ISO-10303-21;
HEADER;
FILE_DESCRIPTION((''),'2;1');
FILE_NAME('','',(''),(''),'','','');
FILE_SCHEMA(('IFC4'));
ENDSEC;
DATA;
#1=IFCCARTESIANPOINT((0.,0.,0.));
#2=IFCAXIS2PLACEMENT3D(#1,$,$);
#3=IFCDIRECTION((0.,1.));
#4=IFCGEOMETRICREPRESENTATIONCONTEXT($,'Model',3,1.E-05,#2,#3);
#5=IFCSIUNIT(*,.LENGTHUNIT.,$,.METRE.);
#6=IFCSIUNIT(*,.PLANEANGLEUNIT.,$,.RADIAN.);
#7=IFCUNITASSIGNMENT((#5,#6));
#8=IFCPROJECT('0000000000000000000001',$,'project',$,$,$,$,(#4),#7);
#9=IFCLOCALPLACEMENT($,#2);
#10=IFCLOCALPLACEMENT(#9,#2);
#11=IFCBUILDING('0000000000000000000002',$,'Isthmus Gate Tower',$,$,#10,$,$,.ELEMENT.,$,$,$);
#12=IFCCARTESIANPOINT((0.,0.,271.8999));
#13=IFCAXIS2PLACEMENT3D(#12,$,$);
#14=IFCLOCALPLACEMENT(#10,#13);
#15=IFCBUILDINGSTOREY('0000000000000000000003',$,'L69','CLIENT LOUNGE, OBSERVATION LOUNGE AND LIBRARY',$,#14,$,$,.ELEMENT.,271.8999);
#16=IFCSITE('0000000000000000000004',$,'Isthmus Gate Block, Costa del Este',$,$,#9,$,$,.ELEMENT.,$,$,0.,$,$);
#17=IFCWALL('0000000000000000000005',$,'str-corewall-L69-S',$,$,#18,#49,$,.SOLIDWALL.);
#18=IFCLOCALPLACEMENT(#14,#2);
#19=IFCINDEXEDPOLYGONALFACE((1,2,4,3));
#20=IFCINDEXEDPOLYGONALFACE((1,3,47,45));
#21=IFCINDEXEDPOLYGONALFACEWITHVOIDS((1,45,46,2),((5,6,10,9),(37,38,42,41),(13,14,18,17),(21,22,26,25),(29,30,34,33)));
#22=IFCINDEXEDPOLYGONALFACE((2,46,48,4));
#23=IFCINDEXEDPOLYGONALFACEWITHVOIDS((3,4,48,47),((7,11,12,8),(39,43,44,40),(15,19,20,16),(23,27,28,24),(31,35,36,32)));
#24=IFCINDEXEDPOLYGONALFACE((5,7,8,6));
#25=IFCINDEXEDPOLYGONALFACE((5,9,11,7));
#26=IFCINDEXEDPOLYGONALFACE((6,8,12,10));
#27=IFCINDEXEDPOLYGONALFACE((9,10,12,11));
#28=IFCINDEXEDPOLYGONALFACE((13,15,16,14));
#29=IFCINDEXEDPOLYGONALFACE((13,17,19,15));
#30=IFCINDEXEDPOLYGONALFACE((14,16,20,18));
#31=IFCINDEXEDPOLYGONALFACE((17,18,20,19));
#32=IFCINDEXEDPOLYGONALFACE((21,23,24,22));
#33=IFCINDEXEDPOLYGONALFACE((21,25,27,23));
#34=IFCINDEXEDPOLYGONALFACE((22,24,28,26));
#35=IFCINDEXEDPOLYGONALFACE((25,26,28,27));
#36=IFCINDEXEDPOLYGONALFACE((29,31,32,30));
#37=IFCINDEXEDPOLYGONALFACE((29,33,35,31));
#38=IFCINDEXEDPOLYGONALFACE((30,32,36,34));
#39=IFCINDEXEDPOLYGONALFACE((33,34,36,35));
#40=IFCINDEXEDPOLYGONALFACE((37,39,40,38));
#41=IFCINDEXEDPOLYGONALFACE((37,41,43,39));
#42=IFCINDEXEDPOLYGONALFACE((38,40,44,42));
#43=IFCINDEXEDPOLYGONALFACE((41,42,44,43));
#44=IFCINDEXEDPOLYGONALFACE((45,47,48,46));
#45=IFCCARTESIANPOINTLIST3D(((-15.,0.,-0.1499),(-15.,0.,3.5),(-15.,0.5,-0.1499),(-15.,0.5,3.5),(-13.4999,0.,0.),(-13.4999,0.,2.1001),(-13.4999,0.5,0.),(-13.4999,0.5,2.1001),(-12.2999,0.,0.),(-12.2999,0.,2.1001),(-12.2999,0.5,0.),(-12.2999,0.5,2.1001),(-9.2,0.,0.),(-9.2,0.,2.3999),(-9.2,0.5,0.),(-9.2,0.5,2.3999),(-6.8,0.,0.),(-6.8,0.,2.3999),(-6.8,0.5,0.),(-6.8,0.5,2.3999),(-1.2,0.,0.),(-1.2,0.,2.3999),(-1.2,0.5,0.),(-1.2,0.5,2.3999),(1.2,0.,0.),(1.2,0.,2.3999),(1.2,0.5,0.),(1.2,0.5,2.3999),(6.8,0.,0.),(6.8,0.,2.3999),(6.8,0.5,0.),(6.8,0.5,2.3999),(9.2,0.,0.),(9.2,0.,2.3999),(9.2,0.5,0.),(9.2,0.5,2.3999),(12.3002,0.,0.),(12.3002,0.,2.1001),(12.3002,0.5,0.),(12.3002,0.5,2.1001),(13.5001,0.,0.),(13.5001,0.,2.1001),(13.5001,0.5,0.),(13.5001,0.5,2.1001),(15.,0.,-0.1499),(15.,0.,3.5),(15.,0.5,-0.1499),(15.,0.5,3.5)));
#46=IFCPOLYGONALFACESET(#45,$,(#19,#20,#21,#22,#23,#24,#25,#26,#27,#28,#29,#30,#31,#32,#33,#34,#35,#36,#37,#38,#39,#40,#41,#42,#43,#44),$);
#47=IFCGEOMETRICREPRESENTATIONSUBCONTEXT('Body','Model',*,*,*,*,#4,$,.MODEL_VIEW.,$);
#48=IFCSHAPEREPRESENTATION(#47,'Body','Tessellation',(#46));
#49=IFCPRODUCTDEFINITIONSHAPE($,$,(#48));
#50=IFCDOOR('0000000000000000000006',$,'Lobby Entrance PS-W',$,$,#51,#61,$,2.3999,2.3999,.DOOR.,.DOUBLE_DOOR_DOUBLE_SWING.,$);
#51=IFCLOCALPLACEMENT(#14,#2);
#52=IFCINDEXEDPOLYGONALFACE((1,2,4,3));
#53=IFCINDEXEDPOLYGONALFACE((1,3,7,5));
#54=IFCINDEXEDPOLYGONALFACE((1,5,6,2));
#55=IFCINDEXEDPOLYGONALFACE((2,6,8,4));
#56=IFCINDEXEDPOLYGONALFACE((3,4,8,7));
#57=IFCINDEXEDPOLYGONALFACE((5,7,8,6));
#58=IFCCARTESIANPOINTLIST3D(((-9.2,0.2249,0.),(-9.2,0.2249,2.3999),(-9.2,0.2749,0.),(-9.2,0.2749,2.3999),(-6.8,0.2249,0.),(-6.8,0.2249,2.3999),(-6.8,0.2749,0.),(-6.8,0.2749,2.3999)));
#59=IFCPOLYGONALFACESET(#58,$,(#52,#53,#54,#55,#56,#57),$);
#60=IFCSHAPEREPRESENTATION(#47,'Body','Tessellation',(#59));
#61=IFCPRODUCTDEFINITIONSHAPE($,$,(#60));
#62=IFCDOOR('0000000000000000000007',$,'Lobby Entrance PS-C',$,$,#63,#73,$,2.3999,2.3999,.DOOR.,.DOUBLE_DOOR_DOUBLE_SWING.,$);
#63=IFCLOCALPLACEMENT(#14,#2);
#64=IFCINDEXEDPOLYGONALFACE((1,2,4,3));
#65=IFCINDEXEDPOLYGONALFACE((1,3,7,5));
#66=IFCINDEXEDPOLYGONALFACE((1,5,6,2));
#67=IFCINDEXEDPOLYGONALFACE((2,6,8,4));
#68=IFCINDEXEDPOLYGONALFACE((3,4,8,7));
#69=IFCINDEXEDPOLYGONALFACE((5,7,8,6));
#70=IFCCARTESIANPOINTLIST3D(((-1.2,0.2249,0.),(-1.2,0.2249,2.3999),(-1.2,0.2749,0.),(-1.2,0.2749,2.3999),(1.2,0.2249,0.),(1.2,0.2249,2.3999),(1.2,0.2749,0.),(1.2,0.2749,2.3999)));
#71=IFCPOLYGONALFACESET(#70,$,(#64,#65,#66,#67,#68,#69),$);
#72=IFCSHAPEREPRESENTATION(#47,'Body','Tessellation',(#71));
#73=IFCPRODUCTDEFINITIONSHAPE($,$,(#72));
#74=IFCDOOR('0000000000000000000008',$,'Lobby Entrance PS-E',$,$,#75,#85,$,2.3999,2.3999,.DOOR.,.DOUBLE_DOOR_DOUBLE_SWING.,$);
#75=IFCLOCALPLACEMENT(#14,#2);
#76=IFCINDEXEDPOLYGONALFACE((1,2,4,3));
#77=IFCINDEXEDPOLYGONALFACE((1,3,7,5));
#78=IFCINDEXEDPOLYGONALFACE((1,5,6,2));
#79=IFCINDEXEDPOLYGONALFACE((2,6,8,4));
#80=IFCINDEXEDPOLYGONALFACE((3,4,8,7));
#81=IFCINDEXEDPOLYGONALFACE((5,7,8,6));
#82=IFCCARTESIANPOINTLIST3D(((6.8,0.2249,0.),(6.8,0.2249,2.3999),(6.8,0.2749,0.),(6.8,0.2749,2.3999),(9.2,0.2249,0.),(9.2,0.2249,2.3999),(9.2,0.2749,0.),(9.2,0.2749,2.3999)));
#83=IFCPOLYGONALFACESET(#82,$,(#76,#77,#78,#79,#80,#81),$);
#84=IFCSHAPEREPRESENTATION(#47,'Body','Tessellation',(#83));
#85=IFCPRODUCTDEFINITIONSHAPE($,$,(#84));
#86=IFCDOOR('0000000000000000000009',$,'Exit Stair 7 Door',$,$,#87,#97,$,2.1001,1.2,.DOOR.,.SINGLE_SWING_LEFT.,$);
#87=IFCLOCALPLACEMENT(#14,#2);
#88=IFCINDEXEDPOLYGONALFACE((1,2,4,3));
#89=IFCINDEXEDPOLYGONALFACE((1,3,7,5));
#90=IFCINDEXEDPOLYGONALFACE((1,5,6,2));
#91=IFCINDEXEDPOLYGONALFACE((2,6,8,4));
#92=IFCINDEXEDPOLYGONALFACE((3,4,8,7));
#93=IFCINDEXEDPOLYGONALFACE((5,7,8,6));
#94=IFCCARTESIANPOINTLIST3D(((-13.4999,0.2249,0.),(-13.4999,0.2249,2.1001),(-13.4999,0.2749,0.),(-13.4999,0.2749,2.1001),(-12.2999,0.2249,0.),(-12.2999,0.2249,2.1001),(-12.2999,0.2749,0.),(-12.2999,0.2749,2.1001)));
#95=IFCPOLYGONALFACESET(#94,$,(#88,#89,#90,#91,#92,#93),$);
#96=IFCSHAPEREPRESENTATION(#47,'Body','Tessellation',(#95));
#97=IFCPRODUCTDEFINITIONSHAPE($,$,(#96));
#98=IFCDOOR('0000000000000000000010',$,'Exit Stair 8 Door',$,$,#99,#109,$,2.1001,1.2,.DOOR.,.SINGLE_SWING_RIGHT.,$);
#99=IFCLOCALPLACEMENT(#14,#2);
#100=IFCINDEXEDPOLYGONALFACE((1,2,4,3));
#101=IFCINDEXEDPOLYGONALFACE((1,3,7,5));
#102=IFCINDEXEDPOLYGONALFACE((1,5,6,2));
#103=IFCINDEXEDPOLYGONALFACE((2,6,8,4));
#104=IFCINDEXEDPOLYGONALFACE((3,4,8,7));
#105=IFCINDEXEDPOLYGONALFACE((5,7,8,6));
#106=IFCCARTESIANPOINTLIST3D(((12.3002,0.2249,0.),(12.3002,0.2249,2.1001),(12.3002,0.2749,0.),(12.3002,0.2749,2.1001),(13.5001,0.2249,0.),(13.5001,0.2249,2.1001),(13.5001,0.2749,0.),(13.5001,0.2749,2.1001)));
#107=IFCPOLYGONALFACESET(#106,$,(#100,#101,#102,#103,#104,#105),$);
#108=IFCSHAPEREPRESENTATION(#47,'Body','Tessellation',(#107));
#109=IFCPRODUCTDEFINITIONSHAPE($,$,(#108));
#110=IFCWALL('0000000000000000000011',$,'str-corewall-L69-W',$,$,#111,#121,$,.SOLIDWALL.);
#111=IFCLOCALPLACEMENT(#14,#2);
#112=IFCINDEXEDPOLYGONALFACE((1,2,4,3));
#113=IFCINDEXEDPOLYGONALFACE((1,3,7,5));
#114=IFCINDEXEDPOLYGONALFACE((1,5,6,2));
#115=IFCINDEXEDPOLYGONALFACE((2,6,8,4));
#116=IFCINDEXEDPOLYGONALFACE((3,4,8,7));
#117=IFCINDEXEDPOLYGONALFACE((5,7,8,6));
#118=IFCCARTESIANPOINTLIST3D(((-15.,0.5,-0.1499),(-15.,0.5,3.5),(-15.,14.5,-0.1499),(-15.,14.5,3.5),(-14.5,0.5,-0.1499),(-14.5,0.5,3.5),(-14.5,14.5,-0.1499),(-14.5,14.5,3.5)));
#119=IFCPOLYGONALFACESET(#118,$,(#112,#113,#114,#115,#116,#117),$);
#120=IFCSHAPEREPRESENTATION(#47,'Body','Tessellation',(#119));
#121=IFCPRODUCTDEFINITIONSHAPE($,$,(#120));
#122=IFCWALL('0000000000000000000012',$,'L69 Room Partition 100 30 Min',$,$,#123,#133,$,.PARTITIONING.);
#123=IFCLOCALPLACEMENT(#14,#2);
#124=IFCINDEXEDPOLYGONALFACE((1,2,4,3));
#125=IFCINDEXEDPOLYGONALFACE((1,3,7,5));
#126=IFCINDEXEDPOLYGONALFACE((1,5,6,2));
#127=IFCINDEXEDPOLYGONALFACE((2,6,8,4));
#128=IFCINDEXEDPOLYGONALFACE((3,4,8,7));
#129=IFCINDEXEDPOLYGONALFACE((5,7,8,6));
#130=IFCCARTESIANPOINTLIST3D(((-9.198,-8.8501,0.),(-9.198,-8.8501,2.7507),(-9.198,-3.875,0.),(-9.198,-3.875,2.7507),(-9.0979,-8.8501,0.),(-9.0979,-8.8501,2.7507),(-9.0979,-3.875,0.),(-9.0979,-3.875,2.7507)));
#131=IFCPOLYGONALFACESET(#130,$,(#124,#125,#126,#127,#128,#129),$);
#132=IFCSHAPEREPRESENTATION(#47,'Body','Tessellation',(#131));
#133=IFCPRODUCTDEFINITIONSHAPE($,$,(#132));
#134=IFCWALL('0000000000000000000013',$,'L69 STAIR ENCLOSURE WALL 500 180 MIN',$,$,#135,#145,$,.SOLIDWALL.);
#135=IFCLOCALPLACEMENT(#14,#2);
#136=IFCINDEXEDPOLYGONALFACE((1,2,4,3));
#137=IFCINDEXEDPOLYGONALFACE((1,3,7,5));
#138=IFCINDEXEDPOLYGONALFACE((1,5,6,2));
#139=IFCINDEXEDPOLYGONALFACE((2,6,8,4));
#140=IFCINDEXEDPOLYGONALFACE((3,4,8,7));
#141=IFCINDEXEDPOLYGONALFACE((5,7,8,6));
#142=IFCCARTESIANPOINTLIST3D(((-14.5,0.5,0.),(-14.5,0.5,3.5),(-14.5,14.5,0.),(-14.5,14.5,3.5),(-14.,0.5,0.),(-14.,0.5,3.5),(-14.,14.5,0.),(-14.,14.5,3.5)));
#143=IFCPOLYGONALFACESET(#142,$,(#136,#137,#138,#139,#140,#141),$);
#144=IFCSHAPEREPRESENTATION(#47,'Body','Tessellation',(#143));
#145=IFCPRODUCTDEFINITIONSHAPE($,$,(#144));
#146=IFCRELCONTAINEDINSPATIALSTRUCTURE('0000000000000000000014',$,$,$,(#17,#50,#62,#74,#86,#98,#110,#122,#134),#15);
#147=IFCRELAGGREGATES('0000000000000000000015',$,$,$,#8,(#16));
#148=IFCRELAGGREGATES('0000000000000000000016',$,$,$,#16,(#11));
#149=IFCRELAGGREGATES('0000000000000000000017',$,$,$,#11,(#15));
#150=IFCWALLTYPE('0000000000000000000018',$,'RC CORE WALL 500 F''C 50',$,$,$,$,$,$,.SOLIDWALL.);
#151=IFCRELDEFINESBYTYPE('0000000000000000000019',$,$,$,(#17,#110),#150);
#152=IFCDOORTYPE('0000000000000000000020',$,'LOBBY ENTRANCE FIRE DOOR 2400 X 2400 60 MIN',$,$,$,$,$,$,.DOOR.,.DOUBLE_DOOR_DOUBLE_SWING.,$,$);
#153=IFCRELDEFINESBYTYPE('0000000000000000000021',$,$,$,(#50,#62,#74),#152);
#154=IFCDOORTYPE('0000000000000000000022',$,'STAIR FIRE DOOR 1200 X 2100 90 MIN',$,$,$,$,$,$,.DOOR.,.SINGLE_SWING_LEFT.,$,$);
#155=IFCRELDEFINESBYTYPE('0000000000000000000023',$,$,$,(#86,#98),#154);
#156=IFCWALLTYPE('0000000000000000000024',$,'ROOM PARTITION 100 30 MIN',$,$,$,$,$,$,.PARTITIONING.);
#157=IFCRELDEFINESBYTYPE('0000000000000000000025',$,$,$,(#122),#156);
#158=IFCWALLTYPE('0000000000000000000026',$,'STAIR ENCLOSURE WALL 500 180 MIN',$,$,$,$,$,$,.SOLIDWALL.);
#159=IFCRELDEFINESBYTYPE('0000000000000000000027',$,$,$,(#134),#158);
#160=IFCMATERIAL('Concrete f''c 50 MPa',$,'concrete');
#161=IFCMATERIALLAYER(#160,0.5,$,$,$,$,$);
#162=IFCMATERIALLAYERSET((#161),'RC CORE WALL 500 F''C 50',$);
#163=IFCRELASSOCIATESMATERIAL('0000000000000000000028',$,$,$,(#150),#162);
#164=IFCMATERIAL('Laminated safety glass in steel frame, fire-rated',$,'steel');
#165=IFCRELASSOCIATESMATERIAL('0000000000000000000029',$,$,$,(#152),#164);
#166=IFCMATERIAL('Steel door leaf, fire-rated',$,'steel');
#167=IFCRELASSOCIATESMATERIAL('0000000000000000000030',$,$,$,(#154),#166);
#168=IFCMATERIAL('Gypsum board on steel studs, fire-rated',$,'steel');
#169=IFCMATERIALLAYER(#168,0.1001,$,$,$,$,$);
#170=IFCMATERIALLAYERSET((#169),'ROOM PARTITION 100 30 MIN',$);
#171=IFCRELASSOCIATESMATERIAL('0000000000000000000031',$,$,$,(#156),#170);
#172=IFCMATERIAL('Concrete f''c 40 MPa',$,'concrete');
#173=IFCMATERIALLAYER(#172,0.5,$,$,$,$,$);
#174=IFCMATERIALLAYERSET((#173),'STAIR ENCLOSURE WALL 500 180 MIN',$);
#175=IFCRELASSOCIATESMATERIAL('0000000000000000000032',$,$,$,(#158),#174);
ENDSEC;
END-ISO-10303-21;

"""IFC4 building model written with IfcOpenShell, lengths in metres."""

from ifc_helpers import new_model, si_unit, direction, frame, frame_2d, origin, place, context, subcontext, project, spatial, rectangle, extrude, material, layer, layer_set, type_object, element, fill, save


model = new_model("IFC4")

# Units and contexts
model_context = context("Model", 3, precision=1e-05, world=origin(), true_north=direction((0.0, 1.0)))
body_context = subcontext(model_context, "Body", "Model", "MODEL_VIEW")
ifc_project = project(units=[si_unit("LENGTHUNIT", "METRE"), si_unit("PLANEANGLEUNIT", "RADIAN")], contexts=[model_context])

# Site, building, storey
site_placement = place(None, origin())
site = spatial("IfcSite", under=ifc_project, at=site_placement, Name="Isthmus Gate Block, Costa del Este", CompositionType="ELEMENT", RefElevation=0.0)
building_placement = place(site_placement, origin())
building = spatial("IfcBuilding", under=site, at=building_placement, Name="Isthmus Gate Tower", CompositionType="ELEMENT")
storey_placement = place(building_placement, frame((0.0, 0.0, 271.8999)))
storey = spatial("IfcBuildingStorey", under=building, at=storey_placement, Name="L69", Description="CLIENT LOUNGE, OBSERVATION LOUNGE AND LIBRARY", CompositionType="ELEMENT", Elevation=271.8999)

# Wall, openings, doors
ifc_material_1 = material(Name="Concrete f'c 50 MPa", Category="concrete")
ifc_layer_1 = layer(ifc_material_1, 0.5)
ifc_layer_set_1 = layer_set([ifc_layer_1], Name="RC CORE WALL 500 F'C 50")
wall_type_1 = type_object("IfcWallType", Name="RC CORE WALL 500 F'C 50", PredefinedType="SOLIDWALL", material=ifc_layer_set_1)
wall_1_placement = place(storey_placement, frame((-15.0, 0.25, -0.1499), z_axis=(0.0, 0.0, 1.0), x_axis=(1.0, 0.0, 0.0)))
wall_1 = element("IfcWall", 1, at=wall_1_placement, inside=storey, type_object=wall_type_1, Name="str-corewall-L69-S", PredefinedType="SOLIDWALL", context=body_context, shape_type="SweptSolid", body=[
    extrude(rectangle(XDim=30.0, YDim=0.5, at=frame_2d((15.0, 0.0))), origin(), (0.0, 0.0, 1.0), 3.6499),
])
opening_1_placement = place(wall_1_placement, frame((5.8, 0.0, 0.1499)))
opening_1 = element("IfcOpeningElement", 2, at=opening_1_placement, cuts=wall_1, PredefinedType="OPENING", context=body_context, shape_type="SweptSolid", body=[
    extrude(rectangle(XDim=2.3999, YDim=2.3999, at=frame_2d((1.2, 1.2))), frame((0.0, 0.26, 0.0), z_axis=(0.0, -1.0, 0.0), x_axis=(1.0, 0.0, 0.0)), (0.0, 0.0, 1.0), 0.52),
])
opening_2_placement = place(wall_1_placement, frame((13.8, 0.0, 0.1499)))
opening_2 = element("IfcOpeningElement", 3, at=opening_2_placement, cuts=wall_1, PredefinedType="OPENING", context=body_context, shape_type="SweptSolid", body=[
    extrude(rectangle(XDim=2.3999, YDim=2.3999, at=frame_2d((1.2, 1.2))), frame((0.0, 0.26, 0.0), z_axis=(0.0, -1.0, 0.0), x_axis=(1.0, 0.0, 0.0)), (0.0, 0.0, 1.0), 0.52),
])
opening_3_placement = place(wall_1_placement, frame((21.8, 0.0, 0.1499)))
opening_3 = element("IfcOpeningElement", 4, at=opening_3_placement, cuts=wall_1, PredefinedType="OPENING", context=body_context, shape_type="SweptSolid", body=[
    extrude(rectangle(XDim=2.3999, YDim=2.3999, at=frame_2d((1.2, 1.2))), frame((0.0, 0.26, 0.0), z_axis=(0.0, -1.0, 0.0), x_axis=(1.0, 0.0, 0.0)), (0.0, 0.0, 1.0), 0.52),
])
opening_4_placement = place(wall_1_placement, frame((1.5, 0.0, 0.1499)))
opening_4 = element("IfcOpeningElement", 5, at=opening_4_placement, cuts=wall_1, PredefinedType="OPENING", context=body_context, shape_type="SweptSolid", body=[
    extrude(rectangle(XDim=1.2, YDim=2.1001, at=frame_2d((0.6001, 1.05))), frame((0.0, 0.26, 0.0), z_axis=(0.0, -1.0, 0.0), x_axis=(1.0, 0.0, 0.0)), (0.0, 0.0, 1.0), 0.52),
])
opening_5_placement = place(wall_1_placement, frame((27.3, 0.0, 0.1499)))
opening_5 = element("IfcOpeningElement", 6, at=opening_5_placement, cuts=wall_1, PredefinedType="OPENING", context=body_context, shape_type="SweptSolid", body=[
    extrude(rectangle(XDim=1.2, YDim=2.1001, at=frame_2d((0.6001, 1.05))), frame((0.0, 0.26, 0.0), z_axis=(0.0, -1.0, 0.0), x_axis=(1.0, 0.0, 0.0)), (0.0, 0.0, 1.0), 0.52),
])
ifc_material_2 = material(Name="Laminated safety glass in steel frame, fire-rated", Category="steel")
door_type_1 = type_object("IfcDoorType", Name="LOBBY ENTRANCE FIRE DOOR 2400 X 2400 60 MIN", OperationType="DOUBLE_DOOR_DOUBLE_SWING", PredefinedType="DOOR", material=ifc_material_2)
door_1_placement = place(opening_1_placement, origin())
door_1 = element("IfcDoor", 7, at=door_1_placement, inside=storey, type_object=door_type_1, Name="Lobby Entrance PS-W", OperationType="DOUBLE_DOOR_DOUBLE_SWING", OverallHeight=2.3999, OverallWidth=2.3999, PredefinedType="DOOR", context=body_context, shape_type="SweptSolid", body=[
    extrude(rectangle(XDim=2.3999, YDim=2.3999, at=frame_2d((1.2, 1.2))), frame((0.0, 0.0249, 0.0), z_axis=(0.0, -1.0, 0.0), x_axis=(1.0, 0.0, 0.0)), (0.0, 0.0, 1.0), 0.05),
])
fill(opening_1, door_1)
door_2_placement = place(opening_2_placement, origin())
door_2 = element("IfcDoor", 8, at=door_2_placement, inside=storey, type_object=door_type_1, Name="Lobby Entrance PS-C", OperationType="DOUBLE_DOOR_DOUBLE_SWING", OverallHeight=2.3999, OverallWidth=2.3999, PredefinedType="DOOR", context=body_context, shape_type="SweptSolid", body=[
    extrude(rectangle(XDim=2.3999, YDim=2.3999, at=frame_2d((1.2, 1.2))), frame((0.0, 0.0249, 0.0), z_axis=(0.0, -1.0, 0.0), x_axis=(1.0, 0.0, 0.0)), (0.0, 0.0, 1.0), 0.05),
])
fill(opening_2, door_2)
door_3_placement = place(opening_3_placement, origin())
door_3 = element("IfcDoor", 9, at=door_3_placement, inside=storey, type_object=door_type_1, Name="Lobby Entrance PS-E", OperationType="DOUBLE_DOOR_DOUBLE_SWING", OverallHeight=2.3999, OverallWidth=2.3999, PredefinedType="DOOR", context=body_context, shape_type="SweptSolid", body=[
    extrude(rectangle(XDim=2.3999, YDim=2.3999, at=frame_2d((1.2, 1.2))), frame((0.0, 0.0249, 0.0), z_axis=(0.0, -1.0, 0.0), x_axis=(1.0, 0.0, 0.0)), (0.0, 0.0, 1.0), 0.05),
])
fill(opening_3, door_3)
ifc_material_3 = material(Name="Steel door leaf, fire-rated", Category="steel")
door_type_2 = type_object("IfcDoorType", Name="STAIR FIRE DOOR 1200 X 2100 90 MIN", OperationType="SINGLE_SWING_LEFT", PredefinedType="DOOR", material=ifc_material_3)
door_4_placement = place(opening_4_placement, origin())
door_4 = element("IfcDoor", 10, at=door_4_placement, inside=storey, type_object=door_type_2, Name="Exit Stair 7 Door", OperationType="SINGLE_SWING_LEFT", OverallHeight=2.1001, OverallWidth=1.2, PredefinedType="DOOR", context=body_context, shape_type="SweptSolid", body=[
    extrude(rectangle(XDim=1.2, YDim=2.1001, at=frame_2d((0.6001, 1.05))), frame((0.0, 0.0249, 0.0), z_axis=(0.0, -1.0, 0.0), x_axis=(1.0, 0.0, 0.0)), (0.0, 0.0, 1.0), 0.05),
])
fill(opening_4, door_4)
door_5_placement = place(opening_5_placement, origin())
door_5 = element("IfcDoor", 11, at=door_5_placement, inside=storey, type_object=door_type_2, Name="Exit Stair 8 Door", OperationType="SINGLE_SWING_RIGHT", OverallHeight=2.1001, OverallWidth=1.2, PredefinedType="DOOR", context=body_context, shape_type="SweptSolid", body=[
    extrude(rectangle(XDim=1.2, YDim=2.1001, at=frame_2d((0.6001, 1.05))), frame((0.0, 0.0249, 0.0), z_axis=(0.0, -1.0, 0.0), x_axis=(1.0, 0.0, 0.0)), (0.0, 0.0, 1.0), 0.05),
])
fill(opening_5, door_5)

# Walls
wall_2_placement = place(storey_placement, frame((-14.75, 0.5, -0.1499), z_axis=(0.0, 0.0, 1.0), x_axis=(0.0, 1.0, 0.0)))
element("IfcWall", 12, at=wall_2_placement, inside=storey, type_object=wall_type_1, Name="str-corewall-L69-W", PredefinedType="SOLIDWALL", context=body_context, shape_type="SweptSolid", body=[
    extrude(rectangle(XDim=14.0, YDim=0.5, at=frame_2d((7.0, 0.0))), origin(), (0.0, 0.0, 1.0), 3.6499),
])
ifc_material_4 = material(Name="Gypsum board on steel studs, fire-rated", Category="steel")
ifc_layer_2 = layer(ifc_material_4, 0.1001)
ifc_layer_set_2 = layer_set([ifc_layer_2], Name="ROOM PARTITION 100 30 MIN")
wall_type_2 = type_object("IfcWallType", Name="ROOM PARTITION 100 30 MIN", PredefinedType="PARTITIONING", material=ifc_layer_set_2)
wall_3_placement = place(storey_placement, frame((-9.1479, -8.8501, 0.0), z_axis=(0.0, 0.0, 1.0), x_axis=(0.0, 1.0, 0.0)))
element("IfcWall", 13, at=wall_3_placement, inside=storey, type_object=wall_type_2, Name="L69 Room Partition 100 30 Min", PredefinedType="PARTITIONING", context=body_context, shape_type="SweptSolid", body=[
    extrude(rectangle(XDim=4.9751, YDim=0.1001, at=frame_2d((2.4875, 0.0))), origin(), (0.0, 0.0, 1.0), 2.7507),
])
ifc_material_5 = material(Name="Concrete f'c 40 MPa", Category="concrete")
ifc_layer_3 = layer(ifc_material_5, 0.5)
ifc_layer_set_3 = layer_set([ifc_layer_3], Name="STAIR ENCLOSURE WALL 500 180 MIN")
wall_type_3 = type_object("IfcWallType", Name="STAIR ENCLOSURE WALL 500 180 MIN", PredefinedType="SOLIDWALL", material=ifc_layer_set_3)
wall_4_placement = place(storey_placement, frame((-14.25, 0.5, 0.0), z_axis=(0.0, 0.0, 1.0), x_axis=(0.0, 1.0, 0.0)))
element("IfcWall", 14, at=wall_4_placement, inside=storey, type_object=wall_type_3, Name="L69 STAIR ENCLOSURE WALL 500 180 MIN", PredefinedType="SOLIDWALL", context=body_context, shape_type="SweptSolid", body=[
    extrude(rectangle(XDim=14.0, YDim=0.5, at=frame_2d((7.0, 0.0))), origin(), (0.0, 0.0, 1.0), 3.5),
])

save(model, "model.ifc")
